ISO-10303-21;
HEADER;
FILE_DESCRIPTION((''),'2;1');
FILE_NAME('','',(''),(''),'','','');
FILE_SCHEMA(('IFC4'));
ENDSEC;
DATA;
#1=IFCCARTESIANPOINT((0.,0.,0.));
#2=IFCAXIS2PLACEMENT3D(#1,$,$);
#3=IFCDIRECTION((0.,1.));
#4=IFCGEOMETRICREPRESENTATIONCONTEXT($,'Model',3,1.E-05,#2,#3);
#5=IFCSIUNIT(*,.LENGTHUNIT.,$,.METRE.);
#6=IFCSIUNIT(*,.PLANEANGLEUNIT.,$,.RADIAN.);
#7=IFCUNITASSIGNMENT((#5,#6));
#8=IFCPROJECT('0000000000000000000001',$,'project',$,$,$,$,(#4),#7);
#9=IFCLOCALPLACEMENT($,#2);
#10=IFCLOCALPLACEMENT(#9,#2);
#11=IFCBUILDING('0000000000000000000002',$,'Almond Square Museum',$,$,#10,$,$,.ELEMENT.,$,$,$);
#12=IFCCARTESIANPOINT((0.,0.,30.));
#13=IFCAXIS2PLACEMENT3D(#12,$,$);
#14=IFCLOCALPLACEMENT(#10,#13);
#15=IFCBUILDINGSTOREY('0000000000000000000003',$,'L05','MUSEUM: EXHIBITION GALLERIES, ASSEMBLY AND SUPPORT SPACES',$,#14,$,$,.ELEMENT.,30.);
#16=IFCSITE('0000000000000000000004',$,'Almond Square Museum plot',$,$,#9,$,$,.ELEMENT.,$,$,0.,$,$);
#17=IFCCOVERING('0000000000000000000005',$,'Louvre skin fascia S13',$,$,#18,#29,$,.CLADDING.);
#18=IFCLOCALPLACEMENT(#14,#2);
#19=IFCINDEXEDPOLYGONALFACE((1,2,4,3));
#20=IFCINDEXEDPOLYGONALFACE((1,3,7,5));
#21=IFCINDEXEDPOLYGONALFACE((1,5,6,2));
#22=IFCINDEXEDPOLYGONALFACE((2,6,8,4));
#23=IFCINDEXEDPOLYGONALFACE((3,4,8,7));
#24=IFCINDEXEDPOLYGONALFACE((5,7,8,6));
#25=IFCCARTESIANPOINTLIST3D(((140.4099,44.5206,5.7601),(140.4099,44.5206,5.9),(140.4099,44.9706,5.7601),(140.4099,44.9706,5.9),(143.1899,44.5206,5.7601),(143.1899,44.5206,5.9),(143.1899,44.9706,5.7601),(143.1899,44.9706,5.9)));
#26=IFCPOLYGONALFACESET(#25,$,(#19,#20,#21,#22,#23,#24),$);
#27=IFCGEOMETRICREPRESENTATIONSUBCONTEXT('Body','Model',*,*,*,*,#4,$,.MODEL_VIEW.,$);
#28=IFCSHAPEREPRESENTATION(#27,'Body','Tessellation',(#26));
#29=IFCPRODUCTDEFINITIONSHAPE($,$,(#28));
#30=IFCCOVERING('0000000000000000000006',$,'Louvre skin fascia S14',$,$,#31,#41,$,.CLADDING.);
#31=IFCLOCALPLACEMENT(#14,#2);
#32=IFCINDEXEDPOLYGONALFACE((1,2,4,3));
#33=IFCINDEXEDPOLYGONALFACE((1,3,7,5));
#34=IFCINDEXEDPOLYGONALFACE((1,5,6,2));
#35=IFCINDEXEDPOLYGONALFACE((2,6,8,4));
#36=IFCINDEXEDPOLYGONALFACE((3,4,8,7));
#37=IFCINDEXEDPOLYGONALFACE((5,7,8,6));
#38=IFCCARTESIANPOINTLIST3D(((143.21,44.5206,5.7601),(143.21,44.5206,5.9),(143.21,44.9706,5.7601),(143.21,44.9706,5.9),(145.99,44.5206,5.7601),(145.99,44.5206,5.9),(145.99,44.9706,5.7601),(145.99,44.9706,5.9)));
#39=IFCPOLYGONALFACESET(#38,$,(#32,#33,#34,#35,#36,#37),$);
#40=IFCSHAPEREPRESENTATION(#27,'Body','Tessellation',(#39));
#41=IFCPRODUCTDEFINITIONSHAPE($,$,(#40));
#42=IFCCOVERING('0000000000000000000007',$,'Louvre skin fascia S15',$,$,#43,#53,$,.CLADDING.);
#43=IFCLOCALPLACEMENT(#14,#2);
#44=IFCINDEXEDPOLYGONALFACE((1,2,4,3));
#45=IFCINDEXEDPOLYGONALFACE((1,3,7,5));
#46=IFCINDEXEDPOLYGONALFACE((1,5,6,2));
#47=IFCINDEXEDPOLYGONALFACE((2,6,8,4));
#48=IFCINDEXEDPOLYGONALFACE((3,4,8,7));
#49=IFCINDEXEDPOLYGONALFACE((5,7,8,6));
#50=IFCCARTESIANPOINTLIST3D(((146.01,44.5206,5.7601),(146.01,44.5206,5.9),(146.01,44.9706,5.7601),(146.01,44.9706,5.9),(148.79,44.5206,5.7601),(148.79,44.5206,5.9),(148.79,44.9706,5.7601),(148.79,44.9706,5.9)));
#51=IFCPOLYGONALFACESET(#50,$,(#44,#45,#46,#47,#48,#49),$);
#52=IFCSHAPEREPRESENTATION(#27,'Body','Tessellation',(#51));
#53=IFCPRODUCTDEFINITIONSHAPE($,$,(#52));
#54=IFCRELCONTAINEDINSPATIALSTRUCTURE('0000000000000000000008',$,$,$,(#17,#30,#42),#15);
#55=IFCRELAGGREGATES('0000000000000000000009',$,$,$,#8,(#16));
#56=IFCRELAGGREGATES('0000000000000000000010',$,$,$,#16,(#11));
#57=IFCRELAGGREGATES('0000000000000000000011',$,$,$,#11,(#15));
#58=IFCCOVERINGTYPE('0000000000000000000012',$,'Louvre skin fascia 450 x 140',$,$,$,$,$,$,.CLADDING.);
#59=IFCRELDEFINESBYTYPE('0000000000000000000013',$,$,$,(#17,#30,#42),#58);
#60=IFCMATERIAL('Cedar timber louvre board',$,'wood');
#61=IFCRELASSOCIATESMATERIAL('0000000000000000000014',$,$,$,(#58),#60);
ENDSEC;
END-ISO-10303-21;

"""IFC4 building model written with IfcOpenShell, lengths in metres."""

from ifc_helpers import new_model, si_unit, direction, frame, origin, origin_2d, place, context, subcontext, project, spatial, rectangle, extrude, material, material_profile, profile_set, type_object, element, save


model = new_model("IFC4")

# Units and contexts
model_context = context("Model", 3, precision=1e-05, world=origin(), true_north=direction((0.0, 1.0)))
body_context = subcontext(model_context, "Body", "Model", "MODEL_VIEW")
ifc_project = project(units=[si_unit("LENGTHUNIT", "METRE"), si_unit("PLANEANGLEUNIT", "RADIAN")], contexts=[model_context])

# Site, building, storey
site_placement = place(None, origin())
site = spatial("IfcSite", under=ifc_project, at=site_placement, Name="Almond Square Museum plot", CompositionType="ELEMENT", RefElevation=0.0)
building_placement = place(site_placement, origin())
building = spatial("IfcBuilding", under=site, at=building_placement, Name="Almond Square Museum", CompositionType="ELEMENT")
storey_placement = place(building_placement, frame((0.0, 0.0, 30.0)))
storey = spatial("IfcBuildingStorey", under=building, at=storey_placement, Name="L05", Description="MUSEUM: EXHIBITION GALLERIES, ASSEMBLY AND SUPPORT SPACES", CompositionType="ELEMENT", Elevation=30.0)

# Coverings
ifc_material_1 = material(Name="Cedar timber louvre board", Category="wood")
ifc_material_profile_1 = material_profile(ifc_material_1, rectangle(XDim=0.45, YDim=0.1399, at=origin_2d()))
ifc_profile_set_1 = profile_set([ifc_material_profile_1], Name="Cedar timber louvre board")
covering_type_1 = type_object("IfcCoveringType", Name="Louvre skin fascia 450 x 140", PredefinedType="CLADDING", material=ifc_profile_set_1)
for number, where, z_axis, x_axis, name in (
    (1, (140.4099, 44.7456, 5.8301), (1.0, 0.0, 0.0), (0.0, 1.0, 0.0), "Louvre skin fascia S13"),
    (2, (143.21, 44.7456, 5.8301), (1.0, 0.0, 0.0), (0.0, 1.0, 0.0), "Louvre skin fascia S14"),
    (3, (146.01, 44.7456, 5.8301), (1.0, 0.0, 0.0), (0.0, 1.0, 0.0), "Louvre skin fascia S15"),
):
    element("IfcCovering", number, at=place(storey_placement, frame(where, z_axis=z_axis, x_axis=x_axis)), inside=storey, type_object=covering_type_1, Name=name, PredefinedType="CLADDING", context=body_context, shape_type="SweptSolid", body=[
        extrude(rectangle(XDim=0.45, YDim=0.1399, at=origin_2d()), origin(), (0.0, 0.0, 1.0), 2.78),
    ])

save(model, "model.ifc")
